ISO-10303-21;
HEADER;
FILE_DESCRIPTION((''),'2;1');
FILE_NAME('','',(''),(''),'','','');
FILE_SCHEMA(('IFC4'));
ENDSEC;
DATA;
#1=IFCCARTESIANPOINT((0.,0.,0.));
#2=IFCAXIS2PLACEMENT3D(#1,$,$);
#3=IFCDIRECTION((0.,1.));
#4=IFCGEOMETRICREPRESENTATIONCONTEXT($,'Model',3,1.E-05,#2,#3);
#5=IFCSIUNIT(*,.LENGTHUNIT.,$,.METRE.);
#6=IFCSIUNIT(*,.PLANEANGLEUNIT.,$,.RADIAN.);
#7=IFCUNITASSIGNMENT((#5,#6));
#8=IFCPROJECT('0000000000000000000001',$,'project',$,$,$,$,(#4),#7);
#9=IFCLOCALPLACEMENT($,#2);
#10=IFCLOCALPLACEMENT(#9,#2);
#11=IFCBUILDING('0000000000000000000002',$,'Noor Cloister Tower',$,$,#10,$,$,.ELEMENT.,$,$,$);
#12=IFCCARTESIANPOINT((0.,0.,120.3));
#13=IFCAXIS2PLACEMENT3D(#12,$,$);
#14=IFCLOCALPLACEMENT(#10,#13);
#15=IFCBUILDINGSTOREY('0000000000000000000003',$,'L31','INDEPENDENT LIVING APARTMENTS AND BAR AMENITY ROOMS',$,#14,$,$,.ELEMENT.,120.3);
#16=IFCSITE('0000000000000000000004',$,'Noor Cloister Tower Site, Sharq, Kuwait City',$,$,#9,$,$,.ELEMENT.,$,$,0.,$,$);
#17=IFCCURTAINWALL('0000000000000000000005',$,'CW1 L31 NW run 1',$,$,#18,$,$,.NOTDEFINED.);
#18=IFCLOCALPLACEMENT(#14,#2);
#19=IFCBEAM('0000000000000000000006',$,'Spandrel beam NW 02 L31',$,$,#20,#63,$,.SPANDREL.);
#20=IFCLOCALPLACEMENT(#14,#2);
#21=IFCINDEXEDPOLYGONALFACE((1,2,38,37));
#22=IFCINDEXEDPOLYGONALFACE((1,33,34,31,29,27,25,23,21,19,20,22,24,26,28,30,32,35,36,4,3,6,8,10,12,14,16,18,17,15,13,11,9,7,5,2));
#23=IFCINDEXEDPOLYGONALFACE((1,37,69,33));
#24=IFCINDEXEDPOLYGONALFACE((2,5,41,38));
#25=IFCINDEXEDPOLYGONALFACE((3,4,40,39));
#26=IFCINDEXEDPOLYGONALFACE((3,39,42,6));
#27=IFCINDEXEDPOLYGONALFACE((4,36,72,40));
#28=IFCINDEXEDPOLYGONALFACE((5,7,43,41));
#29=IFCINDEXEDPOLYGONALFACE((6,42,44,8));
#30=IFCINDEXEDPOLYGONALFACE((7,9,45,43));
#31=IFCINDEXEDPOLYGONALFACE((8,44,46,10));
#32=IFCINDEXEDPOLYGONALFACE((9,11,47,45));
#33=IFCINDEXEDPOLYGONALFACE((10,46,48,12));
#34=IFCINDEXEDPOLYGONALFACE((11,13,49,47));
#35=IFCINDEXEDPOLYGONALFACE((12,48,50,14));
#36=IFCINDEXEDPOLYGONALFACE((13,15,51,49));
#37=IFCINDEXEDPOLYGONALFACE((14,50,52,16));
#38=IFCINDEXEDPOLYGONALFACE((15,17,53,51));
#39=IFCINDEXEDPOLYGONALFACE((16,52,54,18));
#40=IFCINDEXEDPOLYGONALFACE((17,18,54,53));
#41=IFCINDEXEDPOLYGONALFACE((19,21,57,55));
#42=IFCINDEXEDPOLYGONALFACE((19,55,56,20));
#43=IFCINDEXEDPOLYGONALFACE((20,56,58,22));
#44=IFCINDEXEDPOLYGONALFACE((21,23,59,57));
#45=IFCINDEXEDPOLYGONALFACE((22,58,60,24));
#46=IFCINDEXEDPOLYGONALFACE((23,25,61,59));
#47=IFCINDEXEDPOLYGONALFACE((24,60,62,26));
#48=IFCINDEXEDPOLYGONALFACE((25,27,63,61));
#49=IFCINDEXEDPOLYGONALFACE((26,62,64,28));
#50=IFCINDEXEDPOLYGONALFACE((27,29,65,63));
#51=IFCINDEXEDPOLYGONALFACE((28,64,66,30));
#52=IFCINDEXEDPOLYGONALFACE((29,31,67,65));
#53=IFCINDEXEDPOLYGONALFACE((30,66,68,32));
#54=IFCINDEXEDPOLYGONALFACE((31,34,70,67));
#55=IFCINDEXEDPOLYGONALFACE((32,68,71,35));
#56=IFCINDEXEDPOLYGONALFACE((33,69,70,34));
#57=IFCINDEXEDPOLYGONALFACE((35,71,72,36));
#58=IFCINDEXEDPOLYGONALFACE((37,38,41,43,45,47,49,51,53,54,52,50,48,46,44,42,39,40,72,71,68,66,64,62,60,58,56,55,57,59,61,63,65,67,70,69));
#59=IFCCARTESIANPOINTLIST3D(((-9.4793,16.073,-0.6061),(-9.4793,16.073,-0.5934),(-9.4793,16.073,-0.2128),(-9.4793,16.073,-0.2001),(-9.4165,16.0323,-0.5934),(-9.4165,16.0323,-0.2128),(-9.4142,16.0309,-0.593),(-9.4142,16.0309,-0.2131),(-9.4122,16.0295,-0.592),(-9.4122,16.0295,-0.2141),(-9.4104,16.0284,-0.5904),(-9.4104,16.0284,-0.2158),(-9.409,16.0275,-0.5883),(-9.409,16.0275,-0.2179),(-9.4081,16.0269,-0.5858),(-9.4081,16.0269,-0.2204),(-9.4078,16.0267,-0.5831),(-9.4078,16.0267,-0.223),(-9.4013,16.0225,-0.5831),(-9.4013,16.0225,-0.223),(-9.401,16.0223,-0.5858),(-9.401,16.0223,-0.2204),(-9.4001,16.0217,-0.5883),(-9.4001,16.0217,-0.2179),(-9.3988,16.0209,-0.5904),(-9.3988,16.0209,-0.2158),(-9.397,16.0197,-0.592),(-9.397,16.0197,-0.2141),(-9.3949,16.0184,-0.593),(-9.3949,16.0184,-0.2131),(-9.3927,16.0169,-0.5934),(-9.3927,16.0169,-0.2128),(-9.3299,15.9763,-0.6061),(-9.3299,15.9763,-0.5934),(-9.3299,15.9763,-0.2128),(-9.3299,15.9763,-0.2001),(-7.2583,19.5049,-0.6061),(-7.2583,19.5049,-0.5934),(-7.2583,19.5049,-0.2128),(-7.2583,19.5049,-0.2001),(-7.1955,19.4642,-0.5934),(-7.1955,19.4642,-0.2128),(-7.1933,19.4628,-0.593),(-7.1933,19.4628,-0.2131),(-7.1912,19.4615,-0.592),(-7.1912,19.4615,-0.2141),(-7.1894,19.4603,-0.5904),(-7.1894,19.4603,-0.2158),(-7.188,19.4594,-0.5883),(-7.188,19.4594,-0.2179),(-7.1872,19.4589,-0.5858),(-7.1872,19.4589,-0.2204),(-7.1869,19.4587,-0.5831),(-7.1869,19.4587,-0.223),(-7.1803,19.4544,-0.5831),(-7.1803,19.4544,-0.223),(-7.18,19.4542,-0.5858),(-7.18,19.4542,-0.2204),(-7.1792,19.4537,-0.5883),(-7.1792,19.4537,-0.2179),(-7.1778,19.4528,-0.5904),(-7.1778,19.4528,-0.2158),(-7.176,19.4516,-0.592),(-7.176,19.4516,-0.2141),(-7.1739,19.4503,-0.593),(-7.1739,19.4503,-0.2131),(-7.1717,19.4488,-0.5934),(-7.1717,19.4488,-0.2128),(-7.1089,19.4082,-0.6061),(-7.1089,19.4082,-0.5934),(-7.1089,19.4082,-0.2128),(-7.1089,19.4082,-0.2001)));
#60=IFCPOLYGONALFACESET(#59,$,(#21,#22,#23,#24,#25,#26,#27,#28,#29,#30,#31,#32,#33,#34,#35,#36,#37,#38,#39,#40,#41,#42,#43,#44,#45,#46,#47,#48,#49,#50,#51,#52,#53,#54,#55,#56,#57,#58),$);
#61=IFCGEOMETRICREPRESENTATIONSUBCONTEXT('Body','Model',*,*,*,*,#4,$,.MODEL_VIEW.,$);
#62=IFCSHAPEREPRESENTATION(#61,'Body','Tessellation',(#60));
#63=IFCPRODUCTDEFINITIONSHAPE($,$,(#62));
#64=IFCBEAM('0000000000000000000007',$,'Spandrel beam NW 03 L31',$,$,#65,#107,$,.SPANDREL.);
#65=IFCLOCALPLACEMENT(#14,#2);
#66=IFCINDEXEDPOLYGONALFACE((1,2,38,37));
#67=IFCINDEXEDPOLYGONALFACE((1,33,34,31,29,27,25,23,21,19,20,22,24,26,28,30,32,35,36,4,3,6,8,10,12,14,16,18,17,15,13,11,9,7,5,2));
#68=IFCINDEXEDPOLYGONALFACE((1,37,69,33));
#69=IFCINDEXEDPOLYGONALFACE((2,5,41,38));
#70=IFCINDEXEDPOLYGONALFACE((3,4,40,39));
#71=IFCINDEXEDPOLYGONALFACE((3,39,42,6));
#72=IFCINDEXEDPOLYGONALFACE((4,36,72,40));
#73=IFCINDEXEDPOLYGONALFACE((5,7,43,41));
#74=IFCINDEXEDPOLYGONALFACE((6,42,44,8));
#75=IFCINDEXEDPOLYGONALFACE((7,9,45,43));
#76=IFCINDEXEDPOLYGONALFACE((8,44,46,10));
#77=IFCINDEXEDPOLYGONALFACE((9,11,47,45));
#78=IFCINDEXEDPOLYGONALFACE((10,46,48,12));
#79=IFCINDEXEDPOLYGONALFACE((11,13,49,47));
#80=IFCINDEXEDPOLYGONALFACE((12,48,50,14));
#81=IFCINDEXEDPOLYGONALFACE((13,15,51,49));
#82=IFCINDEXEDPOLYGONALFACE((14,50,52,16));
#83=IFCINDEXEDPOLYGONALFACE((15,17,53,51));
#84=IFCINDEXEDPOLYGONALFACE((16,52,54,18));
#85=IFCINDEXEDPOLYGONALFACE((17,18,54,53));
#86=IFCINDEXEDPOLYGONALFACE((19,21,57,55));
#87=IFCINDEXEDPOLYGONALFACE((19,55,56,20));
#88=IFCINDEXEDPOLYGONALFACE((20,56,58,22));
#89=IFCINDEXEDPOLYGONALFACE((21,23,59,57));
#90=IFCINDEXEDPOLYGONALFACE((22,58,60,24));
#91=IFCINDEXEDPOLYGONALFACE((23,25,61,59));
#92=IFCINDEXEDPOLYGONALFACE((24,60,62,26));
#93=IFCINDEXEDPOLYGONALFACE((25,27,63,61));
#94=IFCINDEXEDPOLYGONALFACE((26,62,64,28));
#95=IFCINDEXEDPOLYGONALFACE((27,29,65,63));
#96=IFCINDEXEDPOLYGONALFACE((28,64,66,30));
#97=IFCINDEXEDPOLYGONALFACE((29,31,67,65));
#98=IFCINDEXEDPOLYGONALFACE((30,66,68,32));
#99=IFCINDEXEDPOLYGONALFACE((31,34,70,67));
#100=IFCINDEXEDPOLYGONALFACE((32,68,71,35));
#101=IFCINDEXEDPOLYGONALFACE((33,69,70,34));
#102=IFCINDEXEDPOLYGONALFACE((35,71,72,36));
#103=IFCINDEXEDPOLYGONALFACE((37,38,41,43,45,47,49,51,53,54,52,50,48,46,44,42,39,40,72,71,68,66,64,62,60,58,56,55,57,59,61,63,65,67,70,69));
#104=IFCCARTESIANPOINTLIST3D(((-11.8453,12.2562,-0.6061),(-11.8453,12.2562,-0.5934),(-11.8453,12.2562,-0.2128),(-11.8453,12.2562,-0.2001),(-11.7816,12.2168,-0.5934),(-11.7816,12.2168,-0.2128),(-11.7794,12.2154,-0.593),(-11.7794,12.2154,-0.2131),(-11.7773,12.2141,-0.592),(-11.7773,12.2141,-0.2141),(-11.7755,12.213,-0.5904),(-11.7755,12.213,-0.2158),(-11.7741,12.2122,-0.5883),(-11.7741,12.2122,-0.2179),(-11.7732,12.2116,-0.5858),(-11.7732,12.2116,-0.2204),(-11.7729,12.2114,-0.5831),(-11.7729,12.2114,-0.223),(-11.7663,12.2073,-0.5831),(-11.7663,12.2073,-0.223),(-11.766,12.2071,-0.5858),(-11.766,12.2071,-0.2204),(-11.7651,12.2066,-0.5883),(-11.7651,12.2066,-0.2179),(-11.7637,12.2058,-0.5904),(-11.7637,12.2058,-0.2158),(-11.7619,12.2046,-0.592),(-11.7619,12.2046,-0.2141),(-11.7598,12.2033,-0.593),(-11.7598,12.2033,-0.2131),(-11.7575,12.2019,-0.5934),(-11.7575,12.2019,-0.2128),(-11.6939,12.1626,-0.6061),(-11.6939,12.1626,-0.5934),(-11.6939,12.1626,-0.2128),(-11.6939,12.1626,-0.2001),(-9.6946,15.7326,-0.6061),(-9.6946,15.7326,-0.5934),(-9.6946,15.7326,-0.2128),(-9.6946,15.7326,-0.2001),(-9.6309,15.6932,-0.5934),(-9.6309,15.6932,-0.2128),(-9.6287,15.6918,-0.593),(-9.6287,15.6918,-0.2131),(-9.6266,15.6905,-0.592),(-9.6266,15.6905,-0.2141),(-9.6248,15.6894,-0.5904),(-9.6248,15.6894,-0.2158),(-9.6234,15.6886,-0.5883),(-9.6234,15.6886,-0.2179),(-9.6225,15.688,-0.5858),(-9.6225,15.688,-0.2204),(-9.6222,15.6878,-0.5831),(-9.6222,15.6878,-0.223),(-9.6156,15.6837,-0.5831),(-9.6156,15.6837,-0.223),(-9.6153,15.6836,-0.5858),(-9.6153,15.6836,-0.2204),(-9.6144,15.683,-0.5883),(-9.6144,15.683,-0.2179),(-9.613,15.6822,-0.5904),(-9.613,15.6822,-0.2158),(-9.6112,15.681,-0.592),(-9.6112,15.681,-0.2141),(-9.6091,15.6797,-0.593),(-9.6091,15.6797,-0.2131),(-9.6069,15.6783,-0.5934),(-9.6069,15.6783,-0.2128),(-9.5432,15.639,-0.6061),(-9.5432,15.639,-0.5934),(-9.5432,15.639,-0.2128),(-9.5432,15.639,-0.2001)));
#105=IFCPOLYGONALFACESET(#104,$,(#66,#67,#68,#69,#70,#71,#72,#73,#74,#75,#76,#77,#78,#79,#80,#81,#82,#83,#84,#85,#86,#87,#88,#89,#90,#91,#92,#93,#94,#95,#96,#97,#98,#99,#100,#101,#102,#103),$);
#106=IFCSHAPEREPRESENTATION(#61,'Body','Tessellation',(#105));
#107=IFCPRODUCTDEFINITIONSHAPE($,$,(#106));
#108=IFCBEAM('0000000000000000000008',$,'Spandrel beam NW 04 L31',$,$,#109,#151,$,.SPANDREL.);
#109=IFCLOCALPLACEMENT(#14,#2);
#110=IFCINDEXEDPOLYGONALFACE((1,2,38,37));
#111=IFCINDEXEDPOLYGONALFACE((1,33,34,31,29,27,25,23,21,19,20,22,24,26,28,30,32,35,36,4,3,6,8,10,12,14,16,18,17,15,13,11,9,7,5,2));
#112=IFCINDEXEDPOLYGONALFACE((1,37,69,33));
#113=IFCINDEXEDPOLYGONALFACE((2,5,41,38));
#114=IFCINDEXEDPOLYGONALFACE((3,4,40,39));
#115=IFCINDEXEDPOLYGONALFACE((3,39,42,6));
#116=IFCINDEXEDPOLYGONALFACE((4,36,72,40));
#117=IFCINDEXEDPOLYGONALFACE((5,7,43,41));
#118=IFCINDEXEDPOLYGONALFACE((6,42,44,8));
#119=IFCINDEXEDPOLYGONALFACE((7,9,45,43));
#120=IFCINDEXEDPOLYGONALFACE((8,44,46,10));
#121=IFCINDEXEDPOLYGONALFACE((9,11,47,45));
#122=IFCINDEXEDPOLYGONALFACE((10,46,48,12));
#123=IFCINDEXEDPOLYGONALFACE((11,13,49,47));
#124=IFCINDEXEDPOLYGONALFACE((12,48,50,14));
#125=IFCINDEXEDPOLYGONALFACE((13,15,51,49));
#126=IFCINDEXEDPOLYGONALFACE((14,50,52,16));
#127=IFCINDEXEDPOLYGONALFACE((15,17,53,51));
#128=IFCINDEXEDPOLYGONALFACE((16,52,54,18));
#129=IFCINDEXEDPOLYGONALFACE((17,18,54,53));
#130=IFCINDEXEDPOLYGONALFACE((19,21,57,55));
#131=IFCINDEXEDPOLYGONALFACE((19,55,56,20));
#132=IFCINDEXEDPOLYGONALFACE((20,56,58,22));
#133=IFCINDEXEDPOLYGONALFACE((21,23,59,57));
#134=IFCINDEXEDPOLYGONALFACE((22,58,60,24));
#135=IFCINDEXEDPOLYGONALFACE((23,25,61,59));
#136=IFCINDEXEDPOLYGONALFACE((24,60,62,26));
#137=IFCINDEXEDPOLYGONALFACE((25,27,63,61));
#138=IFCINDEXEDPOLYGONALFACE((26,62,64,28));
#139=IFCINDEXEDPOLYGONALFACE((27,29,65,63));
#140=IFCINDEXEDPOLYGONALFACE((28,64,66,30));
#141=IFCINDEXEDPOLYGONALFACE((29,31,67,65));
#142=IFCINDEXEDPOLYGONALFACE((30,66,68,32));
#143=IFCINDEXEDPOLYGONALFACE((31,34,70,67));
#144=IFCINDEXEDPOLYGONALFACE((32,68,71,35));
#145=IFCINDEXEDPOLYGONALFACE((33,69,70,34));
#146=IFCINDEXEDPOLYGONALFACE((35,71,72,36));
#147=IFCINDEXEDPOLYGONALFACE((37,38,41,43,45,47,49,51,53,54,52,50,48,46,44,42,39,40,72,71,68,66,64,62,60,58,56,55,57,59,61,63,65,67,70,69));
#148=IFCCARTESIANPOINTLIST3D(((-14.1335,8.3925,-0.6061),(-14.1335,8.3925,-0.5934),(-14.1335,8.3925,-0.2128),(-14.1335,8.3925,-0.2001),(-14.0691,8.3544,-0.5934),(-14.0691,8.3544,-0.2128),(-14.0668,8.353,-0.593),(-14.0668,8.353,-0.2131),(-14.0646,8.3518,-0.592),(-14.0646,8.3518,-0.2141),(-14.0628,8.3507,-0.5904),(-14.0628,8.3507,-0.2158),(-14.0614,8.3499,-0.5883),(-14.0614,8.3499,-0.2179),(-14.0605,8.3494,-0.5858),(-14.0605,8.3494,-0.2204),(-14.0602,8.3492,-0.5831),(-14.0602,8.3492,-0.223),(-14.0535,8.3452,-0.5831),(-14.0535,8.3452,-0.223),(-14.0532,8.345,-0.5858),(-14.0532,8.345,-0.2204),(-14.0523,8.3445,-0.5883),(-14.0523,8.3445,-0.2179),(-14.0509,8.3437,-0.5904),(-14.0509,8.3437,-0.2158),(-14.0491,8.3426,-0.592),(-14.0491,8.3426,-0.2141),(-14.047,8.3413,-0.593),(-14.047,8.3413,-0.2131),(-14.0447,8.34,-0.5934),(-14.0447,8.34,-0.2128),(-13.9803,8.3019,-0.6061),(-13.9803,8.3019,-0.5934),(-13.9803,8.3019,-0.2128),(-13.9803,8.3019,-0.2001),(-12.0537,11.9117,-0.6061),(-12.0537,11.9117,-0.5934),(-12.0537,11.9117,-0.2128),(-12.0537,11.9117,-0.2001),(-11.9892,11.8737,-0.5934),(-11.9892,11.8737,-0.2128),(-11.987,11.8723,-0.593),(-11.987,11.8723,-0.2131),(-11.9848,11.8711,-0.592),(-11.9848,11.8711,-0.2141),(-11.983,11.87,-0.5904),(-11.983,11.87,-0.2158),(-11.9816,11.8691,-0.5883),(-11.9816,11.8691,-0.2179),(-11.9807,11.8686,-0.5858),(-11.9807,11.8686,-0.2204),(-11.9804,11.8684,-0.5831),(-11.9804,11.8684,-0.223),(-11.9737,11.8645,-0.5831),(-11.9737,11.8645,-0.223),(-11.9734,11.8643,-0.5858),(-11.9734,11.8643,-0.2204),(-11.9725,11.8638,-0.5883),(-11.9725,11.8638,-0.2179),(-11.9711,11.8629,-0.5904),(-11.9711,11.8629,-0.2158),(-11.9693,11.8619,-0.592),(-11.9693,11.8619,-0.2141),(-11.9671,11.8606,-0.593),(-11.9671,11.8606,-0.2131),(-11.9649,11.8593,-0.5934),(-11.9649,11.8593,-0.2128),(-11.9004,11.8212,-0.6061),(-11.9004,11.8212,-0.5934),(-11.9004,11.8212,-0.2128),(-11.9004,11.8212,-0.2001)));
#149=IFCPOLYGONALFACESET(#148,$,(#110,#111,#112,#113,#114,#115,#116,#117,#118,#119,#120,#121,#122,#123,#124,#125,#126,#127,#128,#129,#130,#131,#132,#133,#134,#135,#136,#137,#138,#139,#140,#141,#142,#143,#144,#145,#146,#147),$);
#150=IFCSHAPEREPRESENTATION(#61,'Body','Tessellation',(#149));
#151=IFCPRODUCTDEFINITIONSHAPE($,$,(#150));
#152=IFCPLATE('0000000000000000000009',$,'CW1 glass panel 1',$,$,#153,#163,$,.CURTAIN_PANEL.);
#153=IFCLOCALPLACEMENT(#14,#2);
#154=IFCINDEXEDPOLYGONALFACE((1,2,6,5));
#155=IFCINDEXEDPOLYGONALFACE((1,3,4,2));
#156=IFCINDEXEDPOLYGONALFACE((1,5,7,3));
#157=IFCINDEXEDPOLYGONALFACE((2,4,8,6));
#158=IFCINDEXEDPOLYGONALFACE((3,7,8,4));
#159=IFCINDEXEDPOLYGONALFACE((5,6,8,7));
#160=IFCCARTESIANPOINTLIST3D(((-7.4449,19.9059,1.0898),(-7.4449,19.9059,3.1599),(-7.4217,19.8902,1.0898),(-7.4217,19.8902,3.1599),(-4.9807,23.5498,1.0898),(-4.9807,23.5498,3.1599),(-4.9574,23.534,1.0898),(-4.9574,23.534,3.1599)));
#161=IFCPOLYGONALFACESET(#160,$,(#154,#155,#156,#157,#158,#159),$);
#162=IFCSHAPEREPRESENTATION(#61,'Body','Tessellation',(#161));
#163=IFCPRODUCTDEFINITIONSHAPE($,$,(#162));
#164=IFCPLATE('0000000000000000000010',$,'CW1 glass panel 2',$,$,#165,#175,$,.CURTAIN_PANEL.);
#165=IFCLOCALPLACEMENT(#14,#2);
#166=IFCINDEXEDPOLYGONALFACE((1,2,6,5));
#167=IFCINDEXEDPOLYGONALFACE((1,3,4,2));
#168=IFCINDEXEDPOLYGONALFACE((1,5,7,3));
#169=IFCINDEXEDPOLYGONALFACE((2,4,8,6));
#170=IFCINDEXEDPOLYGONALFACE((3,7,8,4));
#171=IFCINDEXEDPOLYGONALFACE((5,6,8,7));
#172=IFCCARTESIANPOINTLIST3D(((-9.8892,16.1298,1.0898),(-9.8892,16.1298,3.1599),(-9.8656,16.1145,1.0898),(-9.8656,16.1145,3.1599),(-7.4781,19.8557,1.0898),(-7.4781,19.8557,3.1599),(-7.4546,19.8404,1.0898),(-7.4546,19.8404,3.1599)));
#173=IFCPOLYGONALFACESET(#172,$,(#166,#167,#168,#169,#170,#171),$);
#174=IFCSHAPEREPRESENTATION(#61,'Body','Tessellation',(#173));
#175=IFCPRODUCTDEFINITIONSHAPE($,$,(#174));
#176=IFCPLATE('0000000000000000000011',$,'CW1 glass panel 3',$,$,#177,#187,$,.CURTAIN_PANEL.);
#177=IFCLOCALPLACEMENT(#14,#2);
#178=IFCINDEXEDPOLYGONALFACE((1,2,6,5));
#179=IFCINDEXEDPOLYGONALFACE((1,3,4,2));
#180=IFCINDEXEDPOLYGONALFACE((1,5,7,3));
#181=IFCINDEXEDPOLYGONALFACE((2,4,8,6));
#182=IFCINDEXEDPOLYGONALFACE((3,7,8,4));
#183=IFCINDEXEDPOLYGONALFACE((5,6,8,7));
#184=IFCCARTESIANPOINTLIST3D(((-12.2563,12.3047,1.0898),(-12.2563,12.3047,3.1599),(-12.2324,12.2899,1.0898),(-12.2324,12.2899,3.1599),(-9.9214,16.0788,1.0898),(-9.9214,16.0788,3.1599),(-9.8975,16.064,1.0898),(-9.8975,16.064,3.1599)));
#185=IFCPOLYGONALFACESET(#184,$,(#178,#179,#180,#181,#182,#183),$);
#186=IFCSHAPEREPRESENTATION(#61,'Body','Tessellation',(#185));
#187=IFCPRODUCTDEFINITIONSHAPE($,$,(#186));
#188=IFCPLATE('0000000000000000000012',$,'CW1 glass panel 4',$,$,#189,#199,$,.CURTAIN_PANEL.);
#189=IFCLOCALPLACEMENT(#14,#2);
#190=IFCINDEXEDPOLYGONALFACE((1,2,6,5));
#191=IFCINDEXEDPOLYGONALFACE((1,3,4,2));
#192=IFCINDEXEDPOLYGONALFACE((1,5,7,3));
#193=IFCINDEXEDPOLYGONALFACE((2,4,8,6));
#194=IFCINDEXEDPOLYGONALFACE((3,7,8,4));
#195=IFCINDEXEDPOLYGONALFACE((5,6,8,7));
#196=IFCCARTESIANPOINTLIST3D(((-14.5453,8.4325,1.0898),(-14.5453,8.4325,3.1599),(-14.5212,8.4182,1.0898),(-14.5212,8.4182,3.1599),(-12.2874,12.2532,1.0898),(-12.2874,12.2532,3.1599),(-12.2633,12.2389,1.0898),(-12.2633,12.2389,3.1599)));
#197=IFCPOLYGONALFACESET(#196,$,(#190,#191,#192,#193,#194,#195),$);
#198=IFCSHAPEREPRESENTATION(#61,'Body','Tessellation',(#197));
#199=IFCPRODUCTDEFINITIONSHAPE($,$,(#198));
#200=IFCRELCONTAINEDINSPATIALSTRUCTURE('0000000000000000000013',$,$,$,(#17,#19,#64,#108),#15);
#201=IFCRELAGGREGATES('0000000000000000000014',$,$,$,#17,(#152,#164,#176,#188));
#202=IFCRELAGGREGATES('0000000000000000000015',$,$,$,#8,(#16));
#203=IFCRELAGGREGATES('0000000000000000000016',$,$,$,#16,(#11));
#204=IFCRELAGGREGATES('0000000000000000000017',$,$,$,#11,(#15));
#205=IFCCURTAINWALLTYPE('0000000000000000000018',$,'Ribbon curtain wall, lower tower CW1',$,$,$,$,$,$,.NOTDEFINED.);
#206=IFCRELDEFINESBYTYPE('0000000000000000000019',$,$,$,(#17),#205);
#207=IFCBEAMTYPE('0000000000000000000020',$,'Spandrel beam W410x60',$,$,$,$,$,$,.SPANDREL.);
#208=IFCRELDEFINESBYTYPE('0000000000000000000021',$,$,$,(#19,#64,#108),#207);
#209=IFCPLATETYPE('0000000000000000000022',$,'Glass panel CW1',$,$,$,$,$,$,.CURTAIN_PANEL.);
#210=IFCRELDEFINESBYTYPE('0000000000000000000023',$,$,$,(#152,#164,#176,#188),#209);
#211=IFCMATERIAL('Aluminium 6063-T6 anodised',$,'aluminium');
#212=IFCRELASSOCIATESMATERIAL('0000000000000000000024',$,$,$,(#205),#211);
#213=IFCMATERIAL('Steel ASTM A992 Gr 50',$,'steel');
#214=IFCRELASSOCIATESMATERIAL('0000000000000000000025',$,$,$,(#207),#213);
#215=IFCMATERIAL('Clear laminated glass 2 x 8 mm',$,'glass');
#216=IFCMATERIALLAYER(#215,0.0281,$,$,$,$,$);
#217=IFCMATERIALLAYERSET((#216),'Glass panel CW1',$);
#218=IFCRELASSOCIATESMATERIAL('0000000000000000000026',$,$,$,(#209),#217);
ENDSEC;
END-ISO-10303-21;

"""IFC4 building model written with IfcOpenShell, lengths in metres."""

from ifc_helpers import new_model, si_unit, direction, frame, origin, origin_2d, place, context, subcontext, project, spatial, rectangle, i_section, extrude, material, layer, layer_set, material_profile, profile_set, type_object, element, aggregate, save


model = new_model("IFC4")

# Units and contexts
model_context = context("Model", 3, precision=1e-05, world=origin(), true_north=direction((0.0, 1.0)))
body_context = subcontext(model_context, "Body", "Model", "MODEL_VIEW")
ifc_project = project(units=[si_unit("LENGTHUNIT", "METRE"), si_unit("PLANEANGLEUNIT", "RADIAN")], contexts=[model_context])

# Site, building, storey
site_placement = place(None, origin())
site = spatial("IfcSite", under=ifc_project, at=site_placement, Name="Noor Cloister Tower Site, Sharq, Kuwait City", CompositionType="ELEMENT", RefElevation=0.0)
building_placement = place(site_placement, origin())
building = spatial("IfcBuilding", under=site, at=building_placement, Name="Noor Cloister Tower", CompositionType="ELEMENT")
storey_placement = place(building_placement, frame((0.0, 0.0, 120.3)))
storey = spatial("IfcBuildingStorey", under=building, at=storey_placement, Name="L31", Description="INDEPENDENT LIVING APARTMENTS AND BAR AMENITY ROOMS", CompositionType="ELEMENT", Elevation=120.3)

# Curtain wall
ifc_material_1 = material(Name="Aluminium 6063-T6 anodised", Category="aluminium")
curtain_wall_type = type_object("IfcCurtainWallType", Name="Ribbon curtain wall, lower tower CW1", PredefinedType="NOTDEFINED", material=ifc_material_1)
curtain_wall_placement = place(storey_placement, origin())
curtain_wall = element("IfcCurtainWall", 1, at=curtain_wall_placement, inside=storey, type_object=curtain_wall_type, Name="CW1 L31 NW run 1", PredefinedType="NOTDEFINED")

# Beams
ifc_material_2 = material(Name="Steel ASTM A992 Gr 50", Category="steel")
ifc_material_profile_1 = material_profile(ifc_material_2, i_section(OverallWidth=0.178, OverallDepth=0.406, WebThickness=0.0078, FlangeThickness=0.0127, FilletRadius=0.0103, at=origin_2d()), Name="W410x60")
ifc_profile_set_1 = profile_set([ifc_material_profile_1], Name="Steel ASTM A992 Gr 50")
beam_type_1 = type_object("IfcBeamType", Name="Spandrel beam W410x60", PredefinedType="SPANDREL", material=ifc_profile_set_1)
for number, where, z_axis, x_axis, name in (
    (2, (-7.1836, 19.4565, -0.4031), (-0.543306, -0.839535, 0.0), (0.839535, -0.543306, 0.0), "Spandrel beam NW 02 L31"),
    (3, (-9.6189, 15.6858, -0.4031), (-0.526112, -0.850415, 0.0), (0.850415, -0.526112, 0.0), "Spandrel beam NW 03 L31"),
    (4, (-11.9771, 11.8665, -0.4031), (-0.508776, -0.860899, 0.0), (0.860899, -0.508776, 0.0), "Spandrel beam NW 04 L31"),
):
    element("IfcBeam", number, at=place(storey_placement, frame(where, z_axis=z_axis, x_axis=x_axis)), inside=storey, type_object=beam_type_1, Name=name, PredefinedType="SPANDREL", context=body_context, shape_type="SweptSolid", body=[
        extrude(i_section(OverallWidth=0.178, OverallDepth=0.406, WebThickness=0.0078, FlangeThickness=0.0127, FilletRadius=0.0103, at=origin_2d()), origin(), (0.0, 0.0, 1.0), 4.0879),
    ])

# Plates
ifc_material_3 = material(Name="Clear laminated glass 2 x 8 mm", Category="glass")
ifc_layer_1 = layer(ifc_material_3, 0.0281)
ifc_layer_set_1 = layer_set([ifc_layer_1], Name="Glass panel CW1")
plate_type = type_object("IfcPlateType", Name="Glass panel CW1", PredefinedType="CURTAIN_PANEL", material=ifc_layer_set_1)
plate_1_placement = place(storey_placement, frame((-6.2012, 21.72, 1.0898), z_axis=(0.0, 0.0, 1.0), x_axis=(-0.560203, -0.828356, 0.0)))
plate_1 = element("IfcPlate", 5, at=plate_1_placement, type_object=plate_type, Name="CW1 glass panel 1", PredefinedType="CURTAIN_PANEL", context=body_context, shape_type="SweptSolid", body=[
    extrude(rectangle(XDim=4.3989, YDim=0.0281, at=origin_2d()), origin(), (0.0, 0.0, 1.0), 2.0701),
])
plate_2_placement = place(storey_placement, frame((-8.6719, 17.9851, 1.0898), z_axis=(0.0, 0.0, 1.0), x_axis=(-0.543277, -0.839553, 0.0)))
plate_2 = element("IfcPlate", 6, at=plate_2_placement, type_object=plate_type, Name="CW1 glass panel 2", PredefinedType="CURTAIN_PANEL", context=body_context, shape_type="SweptSolid", body=[
    extrude(rectangle(XDim=4.438, YDim=0.0281, at=origin_2d()), origin(), (0.0, 0.0, 1.0), 2.0701),
])
plate_3_placement = place(storey_placement, frame((-11.0769, 14.1843, 1.0898), z_axis=(0.0, 0.0, 1.0), x_axis=(-0.526128, -0.850405, 0.0)))
plate_3 = element("IfcPlate", 7, at=plate_3_placement, type_object=plate_type, Name="CW1 glass panel 3", PredefinedType="CURTAIN_PANEL", context=body_context, shape_type="SweptSolid", body=[
    extrude(rectangle(XDim=4.438, YDim=0.0281, at=origin_2d()), origin(), (0.0, 0.0, 1.0), 2.0701),
])
plate_4_placement = place(storey_placement, frame((-13.4043, 10.3357, 1.0898), z_axis=(0.0, 0.0, 1.0), x_axis=(-0.508762, -0.860907, 0.0)))
plate_4 = element("IfcPlate", 8, at=plate_4_placement, type_object=plate_type, Name="CW1 glass panel 4", PredefinedType="CURTAIN_PANEL", context=body_context, shape_type="SweptSolid", body=[
    extrude(rectangle(XDim=4.438, YDim=0.0281, at=origin_2d()), origin(), (0.0, 0.0, 1.0), 2.0701),
])
aggregate(curtain_wall, [plate_1, plate_2, plate_3, plate_4])

save(model, "model.ifc")
